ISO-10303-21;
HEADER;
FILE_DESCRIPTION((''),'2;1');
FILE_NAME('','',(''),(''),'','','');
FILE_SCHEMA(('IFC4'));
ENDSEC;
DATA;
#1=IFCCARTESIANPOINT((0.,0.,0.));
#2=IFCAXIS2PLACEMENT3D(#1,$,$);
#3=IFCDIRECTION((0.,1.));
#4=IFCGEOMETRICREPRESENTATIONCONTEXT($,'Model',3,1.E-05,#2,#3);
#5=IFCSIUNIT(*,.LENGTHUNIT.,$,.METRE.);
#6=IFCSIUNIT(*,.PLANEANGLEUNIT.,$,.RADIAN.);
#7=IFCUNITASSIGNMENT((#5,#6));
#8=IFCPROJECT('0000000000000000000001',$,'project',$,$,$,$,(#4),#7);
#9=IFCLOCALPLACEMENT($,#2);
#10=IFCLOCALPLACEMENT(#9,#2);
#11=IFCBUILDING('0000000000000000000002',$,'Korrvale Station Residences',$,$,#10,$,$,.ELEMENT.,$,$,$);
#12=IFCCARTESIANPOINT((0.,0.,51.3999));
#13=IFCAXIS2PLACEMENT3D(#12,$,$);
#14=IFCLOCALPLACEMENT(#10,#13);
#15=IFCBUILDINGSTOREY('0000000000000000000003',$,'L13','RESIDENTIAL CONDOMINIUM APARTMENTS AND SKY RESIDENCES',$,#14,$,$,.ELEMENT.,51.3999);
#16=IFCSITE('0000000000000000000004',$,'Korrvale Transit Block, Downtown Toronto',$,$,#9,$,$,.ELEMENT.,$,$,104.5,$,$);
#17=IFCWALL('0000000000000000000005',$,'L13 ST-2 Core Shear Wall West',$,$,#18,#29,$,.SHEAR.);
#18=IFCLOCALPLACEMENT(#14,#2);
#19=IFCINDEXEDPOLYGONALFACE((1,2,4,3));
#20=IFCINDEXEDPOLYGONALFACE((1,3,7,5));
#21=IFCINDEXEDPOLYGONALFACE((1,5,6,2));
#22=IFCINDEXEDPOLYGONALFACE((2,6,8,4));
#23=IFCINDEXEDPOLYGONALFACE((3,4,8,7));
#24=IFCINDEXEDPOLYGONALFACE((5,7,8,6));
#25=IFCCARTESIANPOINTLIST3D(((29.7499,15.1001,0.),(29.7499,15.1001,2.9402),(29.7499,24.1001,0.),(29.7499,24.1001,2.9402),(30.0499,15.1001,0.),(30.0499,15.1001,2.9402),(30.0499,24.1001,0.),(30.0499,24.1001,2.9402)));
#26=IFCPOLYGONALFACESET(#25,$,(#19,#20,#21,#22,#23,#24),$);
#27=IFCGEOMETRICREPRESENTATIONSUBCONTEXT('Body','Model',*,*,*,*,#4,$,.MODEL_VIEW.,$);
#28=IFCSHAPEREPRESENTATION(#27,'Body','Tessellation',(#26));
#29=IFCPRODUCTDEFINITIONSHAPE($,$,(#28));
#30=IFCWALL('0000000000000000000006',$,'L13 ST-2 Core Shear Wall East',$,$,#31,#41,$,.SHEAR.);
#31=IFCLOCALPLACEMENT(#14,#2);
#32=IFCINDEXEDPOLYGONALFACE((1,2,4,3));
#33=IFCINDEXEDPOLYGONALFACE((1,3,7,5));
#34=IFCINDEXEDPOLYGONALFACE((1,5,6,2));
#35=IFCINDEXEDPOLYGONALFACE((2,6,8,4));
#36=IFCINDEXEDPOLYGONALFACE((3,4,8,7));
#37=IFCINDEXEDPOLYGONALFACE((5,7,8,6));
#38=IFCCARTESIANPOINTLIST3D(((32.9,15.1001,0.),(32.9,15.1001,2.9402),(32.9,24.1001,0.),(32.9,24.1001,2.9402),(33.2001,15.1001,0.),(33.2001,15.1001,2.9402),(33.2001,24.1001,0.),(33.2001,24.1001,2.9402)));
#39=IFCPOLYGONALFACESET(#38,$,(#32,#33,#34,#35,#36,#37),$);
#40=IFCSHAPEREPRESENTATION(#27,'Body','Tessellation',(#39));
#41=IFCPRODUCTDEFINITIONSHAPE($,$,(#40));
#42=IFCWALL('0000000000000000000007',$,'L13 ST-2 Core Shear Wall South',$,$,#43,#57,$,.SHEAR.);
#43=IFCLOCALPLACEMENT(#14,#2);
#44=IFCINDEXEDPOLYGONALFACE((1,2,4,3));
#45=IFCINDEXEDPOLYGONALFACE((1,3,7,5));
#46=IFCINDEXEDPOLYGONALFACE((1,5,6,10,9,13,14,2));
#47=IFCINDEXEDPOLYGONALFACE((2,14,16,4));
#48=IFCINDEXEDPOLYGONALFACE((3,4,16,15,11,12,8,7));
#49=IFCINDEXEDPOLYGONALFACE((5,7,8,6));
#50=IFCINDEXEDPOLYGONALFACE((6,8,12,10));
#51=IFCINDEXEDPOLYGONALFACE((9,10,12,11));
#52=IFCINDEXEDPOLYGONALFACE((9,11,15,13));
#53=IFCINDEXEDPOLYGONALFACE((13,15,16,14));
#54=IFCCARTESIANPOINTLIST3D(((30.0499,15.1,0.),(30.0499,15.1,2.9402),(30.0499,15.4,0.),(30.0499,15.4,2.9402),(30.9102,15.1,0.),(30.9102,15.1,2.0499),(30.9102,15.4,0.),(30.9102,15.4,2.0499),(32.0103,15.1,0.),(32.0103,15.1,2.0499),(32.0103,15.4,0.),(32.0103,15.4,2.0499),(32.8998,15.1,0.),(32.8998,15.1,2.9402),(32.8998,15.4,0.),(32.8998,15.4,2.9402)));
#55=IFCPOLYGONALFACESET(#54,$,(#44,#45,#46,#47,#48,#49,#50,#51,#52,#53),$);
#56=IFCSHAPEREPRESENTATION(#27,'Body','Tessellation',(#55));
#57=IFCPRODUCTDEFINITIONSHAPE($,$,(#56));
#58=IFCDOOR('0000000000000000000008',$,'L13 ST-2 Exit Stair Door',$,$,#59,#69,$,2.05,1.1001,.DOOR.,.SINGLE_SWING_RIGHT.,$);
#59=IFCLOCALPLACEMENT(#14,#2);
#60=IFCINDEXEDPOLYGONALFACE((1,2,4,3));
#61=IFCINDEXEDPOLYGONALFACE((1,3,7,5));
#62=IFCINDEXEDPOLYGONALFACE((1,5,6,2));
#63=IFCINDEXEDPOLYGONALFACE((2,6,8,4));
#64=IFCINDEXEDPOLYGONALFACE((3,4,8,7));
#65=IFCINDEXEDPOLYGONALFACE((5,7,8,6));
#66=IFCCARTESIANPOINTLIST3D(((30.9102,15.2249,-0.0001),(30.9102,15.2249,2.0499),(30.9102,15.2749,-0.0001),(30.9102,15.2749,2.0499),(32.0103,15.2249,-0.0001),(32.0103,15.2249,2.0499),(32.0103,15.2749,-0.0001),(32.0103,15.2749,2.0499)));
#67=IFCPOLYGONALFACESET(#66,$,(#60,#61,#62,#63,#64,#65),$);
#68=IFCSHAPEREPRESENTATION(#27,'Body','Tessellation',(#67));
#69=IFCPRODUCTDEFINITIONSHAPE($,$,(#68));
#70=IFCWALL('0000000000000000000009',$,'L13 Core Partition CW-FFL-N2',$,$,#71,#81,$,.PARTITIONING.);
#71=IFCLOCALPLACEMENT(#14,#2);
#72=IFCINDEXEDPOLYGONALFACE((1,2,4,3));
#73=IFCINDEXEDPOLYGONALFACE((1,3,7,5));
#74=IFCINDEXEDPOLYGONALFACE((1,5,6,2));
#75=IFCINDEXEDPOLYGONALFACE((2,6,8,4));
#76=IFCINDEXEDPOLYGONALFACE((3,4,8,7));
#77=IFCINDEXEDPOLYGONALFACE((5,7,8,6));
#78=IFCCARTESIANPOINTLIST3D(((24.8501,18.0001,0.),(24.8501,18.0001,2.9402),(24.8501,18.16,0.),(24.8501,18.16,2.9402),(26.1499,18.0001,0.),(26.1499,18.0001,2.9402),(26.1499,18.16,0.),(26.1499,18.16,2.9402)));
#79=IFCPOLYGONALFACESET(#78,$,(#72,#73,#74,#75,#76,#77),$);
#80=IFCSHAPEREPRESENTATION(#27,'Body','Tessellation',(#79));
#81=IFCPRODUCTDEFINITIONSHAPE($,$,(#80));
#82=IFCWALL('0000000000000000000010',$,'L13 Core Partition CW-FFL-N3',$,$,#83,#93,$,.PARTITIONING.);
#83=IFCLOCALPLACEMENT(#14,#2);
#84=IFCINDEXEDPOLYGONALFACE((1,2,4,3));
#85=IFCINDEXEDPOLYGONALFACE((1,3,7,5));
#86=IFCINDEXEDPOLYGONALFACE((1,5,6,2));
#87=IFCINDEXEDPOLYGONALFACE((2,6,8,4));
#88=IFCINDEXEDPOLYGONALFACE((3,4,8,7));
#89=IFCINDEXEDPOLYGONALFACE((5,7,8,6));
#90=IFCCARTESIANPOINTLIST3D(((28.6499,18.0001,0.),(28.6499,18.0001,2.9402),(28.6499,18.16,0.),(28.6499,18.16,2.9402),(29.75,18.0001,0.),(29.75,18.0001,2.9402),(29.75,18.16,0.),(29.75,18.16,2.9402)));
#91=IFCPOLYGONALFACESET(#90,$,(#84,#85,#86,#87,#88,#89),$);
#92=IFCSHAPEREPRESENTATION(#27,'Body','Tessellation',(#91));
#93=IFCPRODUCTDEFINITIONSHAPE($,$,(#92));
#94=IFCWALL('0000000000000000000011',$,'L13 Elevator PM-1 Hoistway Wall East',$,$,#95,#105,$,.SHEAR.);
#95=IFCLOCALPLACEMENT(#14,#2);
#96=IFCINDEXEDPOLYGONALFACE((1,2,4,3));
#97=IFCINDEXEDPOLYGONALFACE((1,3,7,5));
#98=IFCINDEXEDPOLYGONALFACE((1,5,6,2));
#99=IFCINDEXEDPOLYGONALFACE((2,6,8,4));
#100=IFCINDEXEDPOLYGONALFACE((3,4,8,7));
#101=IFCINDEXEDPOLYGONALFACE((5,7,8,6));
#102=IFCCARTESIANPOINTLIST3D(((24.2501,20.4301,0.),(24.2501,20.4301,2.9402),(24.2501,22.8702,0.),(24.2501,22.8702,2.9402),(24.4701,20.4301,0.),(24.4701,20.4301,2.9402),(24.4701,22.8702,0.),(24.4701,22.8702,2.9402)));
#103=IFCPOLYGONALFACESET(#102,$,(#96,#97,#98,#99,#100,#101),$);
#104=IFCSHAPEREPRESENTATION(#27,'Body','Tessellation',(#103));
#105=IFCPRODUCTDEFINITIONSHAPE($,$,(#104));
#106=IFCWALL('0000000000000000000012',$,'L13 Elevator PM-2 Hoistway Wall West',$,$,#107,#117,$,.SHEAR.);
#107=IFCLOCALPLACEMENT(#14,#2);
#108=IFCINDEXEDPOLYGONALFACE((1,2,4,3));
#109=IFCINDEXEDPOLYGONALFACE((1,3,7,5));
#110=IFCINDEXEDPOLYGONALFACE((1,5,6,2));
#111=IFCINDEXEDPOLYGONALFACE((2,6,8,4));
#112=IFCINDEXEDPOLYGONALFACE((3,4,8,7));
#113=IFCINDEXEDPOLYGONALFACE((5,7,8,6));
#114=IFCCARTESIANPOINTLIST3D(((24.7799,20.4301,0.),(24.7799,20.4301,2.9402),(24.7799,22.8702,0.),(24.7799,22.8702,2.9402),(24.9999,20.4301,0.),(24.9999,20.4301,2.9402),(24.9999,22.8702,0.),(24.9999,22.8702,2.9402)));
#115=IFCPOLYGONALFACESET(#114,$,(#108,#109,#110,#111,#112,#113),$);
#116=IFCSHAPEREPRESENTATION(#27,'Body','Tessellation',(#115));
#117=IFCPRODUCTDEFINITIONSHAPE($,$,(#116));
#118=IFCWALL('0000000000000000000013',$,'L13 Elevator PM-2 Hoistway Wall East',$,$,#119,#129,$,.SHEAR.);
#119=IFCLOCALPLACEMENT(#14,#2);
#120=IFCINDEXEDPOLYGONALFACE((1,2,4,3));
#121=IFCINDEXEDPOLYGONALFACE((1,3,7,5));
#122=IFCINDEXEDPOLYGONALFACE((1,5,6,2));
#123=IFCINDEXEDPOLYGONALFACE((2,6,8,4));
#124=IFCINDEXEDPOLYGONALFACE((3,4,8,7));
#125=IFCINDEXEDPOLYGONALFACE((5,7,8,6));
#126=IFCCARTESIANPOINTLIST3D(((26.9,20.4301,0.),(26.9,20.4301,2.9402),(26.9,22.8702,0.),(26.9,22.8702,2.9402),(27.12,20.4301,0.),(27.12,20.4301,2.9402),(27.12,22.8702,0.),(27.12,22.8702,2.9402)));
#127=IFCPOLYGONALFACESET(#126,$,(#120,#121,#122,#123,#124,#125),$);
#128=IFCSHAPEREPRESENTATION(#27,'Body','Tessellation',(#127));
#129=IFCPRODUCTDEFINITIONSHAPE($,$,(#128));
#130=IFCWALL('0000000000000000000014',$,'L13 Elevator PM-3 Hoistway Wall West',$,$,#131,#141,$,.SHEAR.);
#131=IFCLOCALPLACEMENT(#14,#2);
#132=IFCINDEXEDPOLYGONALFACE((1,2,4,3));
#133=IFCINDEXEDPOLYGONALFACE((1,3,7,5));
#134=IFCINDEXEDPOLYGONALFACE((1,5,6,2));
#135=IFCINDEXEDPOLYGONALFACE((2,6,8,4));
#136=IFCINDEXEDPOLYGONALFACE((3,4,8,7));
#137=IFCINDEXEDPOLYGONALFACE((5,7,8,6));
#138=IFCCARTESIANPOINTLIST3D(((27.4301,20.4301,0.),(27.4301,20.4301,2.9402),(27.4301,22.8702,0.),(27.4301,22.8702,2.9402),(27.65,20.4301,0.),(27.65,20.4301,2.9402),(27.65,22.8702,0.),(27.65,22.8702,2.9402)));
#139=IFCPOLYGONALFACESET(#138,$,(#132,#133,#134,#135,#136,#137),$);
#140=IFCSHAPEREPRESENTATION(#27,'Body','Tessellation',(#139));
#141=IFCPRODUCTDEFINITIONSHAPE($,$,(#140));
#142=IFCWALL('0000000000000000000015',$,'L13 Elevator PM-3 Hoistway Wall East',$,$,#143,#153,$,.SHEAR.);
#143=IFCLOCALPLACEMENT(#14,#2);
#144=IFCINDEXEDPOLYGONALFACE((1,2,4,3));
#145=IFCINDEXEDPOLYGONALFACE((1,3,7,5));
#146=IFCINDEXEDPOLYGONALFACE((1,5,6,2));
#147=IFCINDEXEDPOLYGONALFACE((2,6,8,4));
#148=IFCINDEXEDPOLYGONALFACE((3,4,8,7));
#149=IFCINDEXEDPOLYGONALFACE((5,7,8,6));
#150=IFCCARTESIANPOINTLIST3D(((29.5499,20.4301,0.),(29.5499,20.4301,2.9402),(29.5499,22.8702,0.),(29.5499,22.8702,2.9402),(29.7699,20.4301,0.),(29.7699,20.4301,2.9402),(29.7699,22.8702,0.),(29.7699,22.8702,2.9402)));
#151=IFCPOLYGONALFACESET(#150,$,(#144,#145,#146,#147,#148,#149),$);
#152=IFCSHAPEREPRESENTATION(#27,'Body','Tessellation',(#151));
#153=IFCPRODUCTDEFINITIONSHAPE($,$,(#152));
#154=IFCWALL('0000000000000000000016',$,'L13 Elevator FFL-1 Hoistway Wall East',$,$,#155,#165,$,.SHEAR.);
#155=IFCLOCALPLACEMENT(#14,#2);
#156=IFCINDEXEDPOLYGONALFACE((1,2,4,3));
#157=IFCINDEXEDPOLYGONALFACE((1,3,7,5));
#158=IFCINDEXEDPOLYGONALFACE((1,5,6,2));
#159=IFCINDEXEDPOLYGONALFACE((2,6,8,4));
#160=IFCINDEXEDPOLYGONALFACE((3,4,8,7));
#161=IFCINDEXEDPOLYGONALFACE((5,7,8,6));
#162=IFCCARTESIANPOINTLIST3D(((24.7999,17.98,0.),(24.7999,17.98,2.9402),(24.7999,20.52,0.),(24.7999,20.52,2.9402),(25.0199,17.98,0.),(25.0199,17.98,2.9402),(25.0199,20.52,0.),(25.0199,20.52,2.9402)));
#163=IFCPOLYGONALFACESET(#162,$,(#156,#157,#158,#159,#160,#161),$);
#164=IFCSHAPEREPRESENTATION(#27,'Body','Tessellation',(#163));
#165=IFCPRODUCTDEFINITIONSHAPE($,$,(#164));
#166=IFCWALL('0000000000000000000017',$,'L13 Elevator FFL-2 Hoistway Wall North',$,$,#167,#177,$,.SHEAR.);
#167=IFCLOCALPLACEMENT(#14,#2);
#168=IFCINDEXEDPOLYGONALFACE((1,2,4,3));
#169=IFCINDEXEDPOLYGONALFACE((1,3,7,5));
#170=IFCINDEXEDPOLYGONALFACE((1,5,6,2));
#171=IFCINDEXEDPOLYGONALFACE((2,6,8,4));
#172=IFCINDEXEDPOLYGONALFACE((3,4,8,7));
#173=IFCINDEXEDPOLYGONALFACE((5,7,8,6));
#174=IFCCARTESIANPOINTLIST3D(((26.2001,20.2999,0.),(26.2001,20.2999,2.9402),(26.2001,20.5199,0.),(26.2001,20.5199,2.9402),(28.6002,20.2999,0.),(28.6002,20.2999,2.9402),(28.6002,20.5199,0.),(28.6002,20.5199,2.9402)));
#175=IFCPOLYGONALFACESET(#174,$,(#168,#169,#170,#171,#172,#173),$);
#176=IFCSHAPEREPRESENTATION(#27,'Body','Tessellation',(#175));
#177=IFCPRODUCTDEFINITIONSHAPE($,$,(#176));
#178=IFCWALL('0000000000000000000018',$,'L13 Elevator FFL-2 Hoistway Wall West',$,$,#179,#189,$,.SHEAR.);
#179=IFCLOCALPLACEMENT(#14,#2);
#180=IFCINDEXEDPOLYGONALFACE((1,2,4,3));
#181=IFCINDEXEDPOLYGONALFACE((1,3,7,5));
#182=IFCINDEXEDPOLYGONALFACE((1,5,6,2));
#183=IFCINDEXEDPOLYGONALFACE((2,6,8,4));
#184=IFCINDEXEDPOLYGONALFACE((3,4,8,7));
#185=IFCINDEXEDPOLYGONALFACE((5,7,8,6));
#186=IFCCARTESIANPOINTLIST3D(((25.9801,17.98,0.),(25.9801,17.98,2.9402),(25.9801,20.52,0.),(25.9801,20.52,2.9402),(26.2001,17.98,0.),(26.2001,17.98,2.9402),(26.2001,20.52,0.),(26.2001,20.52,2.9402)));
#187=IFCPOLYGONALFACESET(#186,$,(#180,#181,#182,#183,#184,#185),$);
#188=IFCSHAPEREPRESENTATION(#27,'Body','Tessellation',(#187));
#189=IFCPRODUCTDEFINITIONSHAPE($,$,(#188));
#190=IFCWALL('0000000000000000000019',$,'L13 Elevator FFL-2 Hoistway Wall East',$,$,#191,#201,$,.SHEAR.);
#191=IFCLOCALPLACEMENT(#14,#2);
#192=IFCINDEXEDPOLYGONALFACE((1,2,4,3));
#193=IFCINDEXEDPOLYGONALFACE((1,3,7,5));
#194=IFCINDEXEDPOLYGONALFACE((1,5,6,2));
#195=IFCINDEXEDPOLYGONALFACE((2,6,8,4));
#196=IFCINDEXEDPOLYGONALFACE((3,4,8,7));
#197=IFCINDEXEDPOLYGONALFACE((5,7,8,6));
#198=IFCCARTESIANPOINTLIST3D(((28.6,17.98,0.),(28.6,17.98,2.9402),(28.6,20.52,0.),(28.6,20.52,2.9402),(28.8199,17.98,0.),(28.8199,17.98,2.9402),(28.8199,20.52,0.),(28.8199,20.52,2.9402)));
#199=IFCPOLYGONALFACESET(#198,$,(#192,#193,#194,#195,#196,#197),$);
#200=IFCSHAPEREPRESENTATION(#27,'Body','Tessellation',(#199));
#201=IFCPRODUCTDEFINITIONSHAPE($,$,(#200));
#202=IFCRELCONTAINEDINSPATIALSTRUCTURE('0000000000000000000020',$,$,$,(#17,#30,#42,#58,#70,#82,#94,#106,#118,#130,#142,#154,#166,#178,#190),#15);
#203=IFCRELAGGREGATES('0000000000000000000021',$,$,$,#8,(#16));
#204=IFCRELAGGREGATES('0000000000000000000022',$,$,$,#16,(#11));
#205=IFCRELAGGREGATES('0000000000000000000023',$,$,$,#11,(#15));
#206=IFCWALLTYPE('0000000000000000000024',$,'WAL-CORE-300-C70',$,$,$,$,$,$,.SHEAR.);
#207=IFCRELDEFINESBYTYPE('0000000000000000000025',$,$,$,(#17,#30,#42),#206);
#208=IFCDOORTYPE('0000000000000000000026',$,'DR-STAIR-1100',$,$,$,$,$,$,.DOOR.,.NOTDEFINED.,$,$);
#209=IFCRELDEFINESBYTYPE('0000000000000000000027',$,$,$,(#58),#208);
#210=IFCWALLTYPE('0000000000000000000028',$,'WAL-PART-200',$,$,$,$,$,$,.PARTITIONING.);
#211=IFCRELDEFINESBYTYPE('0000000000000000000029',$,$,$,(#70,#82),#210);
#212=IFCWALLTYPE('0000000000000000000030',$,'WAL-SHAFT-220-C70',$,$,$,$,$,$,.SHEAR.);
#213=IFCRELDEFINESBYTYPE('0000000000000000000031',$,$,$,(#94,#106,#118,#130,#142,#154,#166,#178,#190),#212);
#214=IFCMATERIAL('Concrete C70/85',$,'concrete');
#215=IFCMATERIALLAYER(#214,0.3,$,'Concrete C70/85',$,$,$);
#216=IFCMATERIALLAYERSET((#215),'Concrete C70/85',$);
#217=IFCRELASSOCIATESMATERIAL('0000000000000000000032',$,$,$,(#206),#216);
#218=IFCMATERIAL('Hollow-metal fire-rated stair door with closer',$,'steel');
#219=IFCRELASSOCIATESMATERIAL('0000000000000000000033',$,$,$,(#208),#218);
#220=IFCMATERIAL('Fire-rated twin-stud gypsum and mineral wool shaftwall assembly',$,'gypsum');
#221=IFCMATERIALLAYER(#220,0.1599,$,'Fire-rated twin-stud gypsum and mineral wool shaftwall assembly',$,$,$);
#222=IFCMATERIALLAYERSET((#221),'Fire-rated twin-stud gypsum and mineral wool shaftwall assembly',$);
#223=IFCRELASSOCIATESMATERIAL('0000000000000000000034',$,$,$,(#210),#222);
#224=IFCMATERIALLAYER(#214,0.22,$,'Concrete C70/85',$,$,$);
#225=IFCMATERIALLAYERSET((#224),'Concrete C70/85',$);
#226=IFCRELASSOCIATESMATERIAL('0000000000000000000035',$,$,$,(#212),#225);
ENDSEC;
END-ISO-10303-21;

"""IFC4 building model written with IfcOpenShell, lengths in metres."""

from ifc_helpers import new_model, si_unit, direction, frame, frame_2d, origin, place, context, subcontext, project, spatial, rectangle, extrude, material, layer, layer_set, type_object, element, fill, save


model = new_model("IFC4")

# Units and contexts
model_context = context("Model", 3, precision=1e-05, world=origin(), true_north=direction((0.0, 1.0)))
body_context = subcontext(model_context, "Body", "Model", "MODEL_VIEW")
ifc_project = project(units=[si_unit("LENGTHUNIT", "METRE"), si_unit("PLANEANGLEUNIT", "RADIAN")], contexts=[model_context])

# Site, building, storey
site_placement = place(None, origin())
site = spatial("IfcSite", under=ifc_project, at=site_placement, Name="Korrvale Transit Block, Downtown Toronto", CompositionType="ELEMENT", RefElevation=104.5)
building_placement = place(site_placement, origin())
building = spatial("IfcBuilding", under=site, at=building_placement, Name="Korrvale Station Residences", CompositionType="ELEMENT")
storey_placement = place(building_placement, frame((0.0, 0.0, 51.3999)))
storey = spatial("IfcBuildingStorey", under=building, at=storey_placement, Name="L13", Description="RESIDENTIAL CONDOMINIUM APARTMENTS AND SKY RESIDENCES", CompositionType="ELEMENT", Elevation=51.3999)

# Walls
ifc_material_1 = material(Name="Concrete C70/85", Category="concrete")
ifc_layer_1 = layer(ifc_material_1, 0.3, Name="Concrete C70/85")
ifc_layer_set_1 = layer_set([ifc_layer_1], Name="Concrete C70/85")
wall_type_1 = type_object("IfcWallType", Name="WAL-CORE-300-C70", PredefinedType="SHEAR", material=ifc_layer_set_1)
for number, where, z_axis, x_axis, name in (
    (1, (29.8999, 15.1001, 0.0), (0.0, 0.0, 1.0), (0.0, 1.0, 0.0), "L13 ST-2 Core Shear Wall West"),
    (2, (33.05, 15.1001, 0.0), (0.0, 0.0, 1.0), (0.0, 1.0, 0.0), "L13 ST-2 Core Shear Wall East"),
):
    element("IfcWall", number, at=place(storey_placement, frame(where, z_axis=z_axis, x_axis=x_axis)), inside=storey, type_object=wall_type_1, Name=name, PredefinedType="SHEAR", context=body_context, shape_type="SweptSolid", body=[
        extrude(rectangle(XDim=9.0, YDim=0.3, at=frame_2d((4.5, 0.0))), origin(), (0.0, 0.0, 1.0), 2.9402),
    ])

# Wall, opening, door
wall_1_placement = place(storey_placement, frame((30.05, 15.25, 0.0), z_axis=(0.0, 0.0, 1.0), x_axis=(1.0, 0.0, 0.0)))
wall_1 = element("IfcWall", 3, at=wall_1_placement, inside=storey, type_object=wall_type_1, Name="L13 ST-2 Core Shear Wall South", PredefinedType="SHEAR", context=body_context, shape_type="SweptSolid", body=[
    extrude(rectangle(XDim=2.8499, YDim=0.3, at=frame_2d((1.4248, 0.0))), origin(), (0.0, 0.0, 1.0), 2.9402),
])
opening_1_placement = place(wall_1_placement, frame((0.8601, 0.0, 0.0)))
opening_1 = element("IfcOpeningElement", 4, at=opening_1_placement, cuts=wall_1, PredefinedType="OPENING", context=body_context, shape_type="SweptSolid", body=[
    extrude(rectangle(XDim=1.1001, YDim=2.05, at=frame_2d((0.55, 1.0249))), frame((0.0, 0.1602, 0.0), z_axis=(0.0, -1.0, 0.0), x_axis=(1.0, 0.0, 0.0)), (0.0, 0.0, 1.0), 0.3201),
])
ifc_material_2 = material(Name="Hollow-metal fire-rated stair door with closer", Category="steel")
door_type_1 = type_object("IfcDoorType", Name="DR-STAIR-1100", OperationType="NOTDEFINED", PredefinedType="DOOR", material=ifc_material_2)
door_1_placement = place(opening_1_placement, origin())
door_1 = element("IfcDoor", 5, at=door_1_placement, inside=storey, type_object=door_type_1, Name="L13 ST-2 Exit Stair Door", OperationType="SINGLE_SWING_RIGHT", OverallHeight=2.05, OverallWidth=1.1001, PredefinedType="DOOR", context=body_context, shape_type="SweptSolid", body=[
    extrude(rectangle(XDim=1.1001, YDim=2.05, at=frame_2d((0.55, 1.0249))), frame((0.0, 0.0249, 0.0), z_axis=(0.0, -1.0, 0.0), x_axis=(1.0, 0.0, 0.0)), (0.0, 0.0, 1.0), 0.05),
])
fill(opening_1, door_1)

# Walls
ifc_material_3 = material(Name="Fire-rated twin-stud gypsum and mineral wool shaftwall assembly", Category="gypsum")
ifc_layer_2 = layer(ifc_material_3, 0.1599, Name="Fire-rated twin-stud gypsum and mineral wool shaftwall assembly")
ifc_layer_set_2 = layer_set([ifc_layer_2], Name="Fire-rated twin-stud gypsum and mineral wool shaftwall assembly")
wall_type_2 = type_object("IfcWallType", Name="WAL-PART-200", PredefinedType="PARTITIONING", material=ifc_layer_set_2)
wall_2_placement = place(storey_placement, frame((24.8501, 18.0801, 0.0), z_axis=(0.0, 0.0, 1.0), x_axis=(1.0, 0.0, 0.0)))
element("IfcWall", 6, at=wall_2_placement, inside=storey, type_object=wall_type_2, Name="L13 Core Partition CW-FFL-N2", PredefinedType="PARTITIONING", context=body_context, shape_type="SweptSolid", body=[
    extrude(rectangle(XDim=1.2998, YDim=0.1599, at=frame_2d((0.6499, 0.0))), origin(), (0.0, 0.0, 1.0), 2.9402),
])
wall_3_placement = place(storey_placement, frame((28.6499, 18.0801, 0.0), z_axis=(0.0, 0.0, 1.0), x_axis=(1.0, 0.0, 0.0)))
element("IfcWall", 7, at=wall_3_placement, inside=storey, type_object=wall_type_2, Name="L13 Core Partition CW-FFL-N3", PredefinedType="PARTITIONING", context=body_context, shape_type="SweptSolid", body=[
    extrude(rectangle(XDim=1.1001, YDim=0.1599, at=frame_2d((0.55, 0.0))), origin(), (0.0, 0.0, 1.0), 2.9402),
])
ifc_layer_3 = layer(ifc_material_1, 0.22, Name="Concrete C70/85")
ifc_layer_set_3 = layer_set([ifc_layer_3], Name="Concrete C70/85")
wall_type_3 = type_object("IfcWallType", Name="WAL-SHAFT-220-C70", PredefinedType="SHEAR", material=ifc_layer_set_3)
for number, where, z_axis, x_axis, name in (
    (8, (24.3601, 20.4299, 0.0), (0.0, 0.0, 1.0), (0.0, 1.0, 0.0), "L13 Elevator PM-1 Hoistway Wall East"),
    (9, (24.8899, 20.4299, 0.0), (0.0, 0.0, 1.0), (0.0, 1.0, 0.0), "L13 Elevator PM-2 Hoistway Wall West"),
    (10, (27.01, 20.4299, 0.0), (0.0, 0.0, 1.0), (0.0, 1.0, 0.0), "L13 Elevator PM-2 Hoistway Wall East"),
    (11, (27.54, 20.4299, 0.0), (0.0, 0.0, 1.0), (0.0, 1.0, 0.0), "L13 Elevator PM-3 Hoistway Wall West"),
    (12, (29.6599, 20.4299, 0.0), (0.0, 0.0, 1.0), (0.0, 1.0, 0.0), "L13 Elevator PM-3 Hoistway Wall East"),
):
    element("IfcWall", number, at=place(storey_placement, frame(where, z_axis=z_axis, x_axis=x_axis)), inside=storey, type_object=wall_type_3, Name=name, PredefinedType="SHEAR", context=body_context, shape_type="SweptSolid", body=[
        extrude(rectangle(XDim=2.4402, YDim=0.22, at=frame_2d((1.2202, 0.0))), origin(), (0.0, 0.0, 1.0), 2.9402),
    ])
wall_4_placement = place(storey_placement, frame((24.9099, 17.98, 0.0), z_axis=(0.0, 0.0, 1.0), x_axis=(0.0, 1.0, 0.0)))
element("IfcWall", 13, at=wall_4_placement, inside=storey, type_object=wall_type_3, Name="L13 Elevator FFL-1 Hoistway Wall East", PredefinedType="SHEAR", context=body_context, shape_type="SweptSolid", body=[
    extrude(rectangle(XDim=2.54, YDim=0.22, at=frame_2d((1.27, 0.0))), origin(), (0.0, 0.0, 1.0), 2.9402),
])

# Walls
wall_5_placement = place(storey_placement, frame((26.2, 20.4099, 0.0), z_axis=(0.0, 0.0, 1.0), x_axis=(1.0, 0.0, 0.0)))
element("IfcWall", 14, at=wall_5_placement, inside=storey, type_object=wall_type_3, Name="L13 Elevator FFL-2 Hoistway Wall North", PredefinedType="SHEAR", context=body_context, shape_type="SweptSolid", body=[
    extrude(rectangle(XDim=2.4001, YDim=0.22, at=frame_2d((1.2002, 0.0))), origin(), (0.0, 0.0, 1.0), 2.9402),
])
for number, where, z_axis, x_axis, name in (
    (15, (26.0901, 17.98, 0.0), (0.0, 0.0, 1.0), (0.0, 1.0, 0.0), "L13 Elevator FFL-2 Hoistway Wall West"),
    (16, (28.71, 17.98, 0.0), (0.0, 0.0, 1.0), (0.0, 1.0, 0.0), "L13 Elevator FFL-2 Hoistway Wall East"),
):
    element("IfcWall", number, at=place(storey_placement, frame(where, z_axis=z_axis, x_axis=x_axis)), inside=storey, type_object=wall_type_3, Name=name, PredefinedType="SHEAR", context=body_context, shape_type="SweptSolid", body=[
        extrude(rectangle(XDim=2.54, YDim=0.22, at=frame_2d((1.27, 0.0))), origin(), (0.0, 0.0, 1.0), 2.9402),
    ])

save(model, "model.ifc")
